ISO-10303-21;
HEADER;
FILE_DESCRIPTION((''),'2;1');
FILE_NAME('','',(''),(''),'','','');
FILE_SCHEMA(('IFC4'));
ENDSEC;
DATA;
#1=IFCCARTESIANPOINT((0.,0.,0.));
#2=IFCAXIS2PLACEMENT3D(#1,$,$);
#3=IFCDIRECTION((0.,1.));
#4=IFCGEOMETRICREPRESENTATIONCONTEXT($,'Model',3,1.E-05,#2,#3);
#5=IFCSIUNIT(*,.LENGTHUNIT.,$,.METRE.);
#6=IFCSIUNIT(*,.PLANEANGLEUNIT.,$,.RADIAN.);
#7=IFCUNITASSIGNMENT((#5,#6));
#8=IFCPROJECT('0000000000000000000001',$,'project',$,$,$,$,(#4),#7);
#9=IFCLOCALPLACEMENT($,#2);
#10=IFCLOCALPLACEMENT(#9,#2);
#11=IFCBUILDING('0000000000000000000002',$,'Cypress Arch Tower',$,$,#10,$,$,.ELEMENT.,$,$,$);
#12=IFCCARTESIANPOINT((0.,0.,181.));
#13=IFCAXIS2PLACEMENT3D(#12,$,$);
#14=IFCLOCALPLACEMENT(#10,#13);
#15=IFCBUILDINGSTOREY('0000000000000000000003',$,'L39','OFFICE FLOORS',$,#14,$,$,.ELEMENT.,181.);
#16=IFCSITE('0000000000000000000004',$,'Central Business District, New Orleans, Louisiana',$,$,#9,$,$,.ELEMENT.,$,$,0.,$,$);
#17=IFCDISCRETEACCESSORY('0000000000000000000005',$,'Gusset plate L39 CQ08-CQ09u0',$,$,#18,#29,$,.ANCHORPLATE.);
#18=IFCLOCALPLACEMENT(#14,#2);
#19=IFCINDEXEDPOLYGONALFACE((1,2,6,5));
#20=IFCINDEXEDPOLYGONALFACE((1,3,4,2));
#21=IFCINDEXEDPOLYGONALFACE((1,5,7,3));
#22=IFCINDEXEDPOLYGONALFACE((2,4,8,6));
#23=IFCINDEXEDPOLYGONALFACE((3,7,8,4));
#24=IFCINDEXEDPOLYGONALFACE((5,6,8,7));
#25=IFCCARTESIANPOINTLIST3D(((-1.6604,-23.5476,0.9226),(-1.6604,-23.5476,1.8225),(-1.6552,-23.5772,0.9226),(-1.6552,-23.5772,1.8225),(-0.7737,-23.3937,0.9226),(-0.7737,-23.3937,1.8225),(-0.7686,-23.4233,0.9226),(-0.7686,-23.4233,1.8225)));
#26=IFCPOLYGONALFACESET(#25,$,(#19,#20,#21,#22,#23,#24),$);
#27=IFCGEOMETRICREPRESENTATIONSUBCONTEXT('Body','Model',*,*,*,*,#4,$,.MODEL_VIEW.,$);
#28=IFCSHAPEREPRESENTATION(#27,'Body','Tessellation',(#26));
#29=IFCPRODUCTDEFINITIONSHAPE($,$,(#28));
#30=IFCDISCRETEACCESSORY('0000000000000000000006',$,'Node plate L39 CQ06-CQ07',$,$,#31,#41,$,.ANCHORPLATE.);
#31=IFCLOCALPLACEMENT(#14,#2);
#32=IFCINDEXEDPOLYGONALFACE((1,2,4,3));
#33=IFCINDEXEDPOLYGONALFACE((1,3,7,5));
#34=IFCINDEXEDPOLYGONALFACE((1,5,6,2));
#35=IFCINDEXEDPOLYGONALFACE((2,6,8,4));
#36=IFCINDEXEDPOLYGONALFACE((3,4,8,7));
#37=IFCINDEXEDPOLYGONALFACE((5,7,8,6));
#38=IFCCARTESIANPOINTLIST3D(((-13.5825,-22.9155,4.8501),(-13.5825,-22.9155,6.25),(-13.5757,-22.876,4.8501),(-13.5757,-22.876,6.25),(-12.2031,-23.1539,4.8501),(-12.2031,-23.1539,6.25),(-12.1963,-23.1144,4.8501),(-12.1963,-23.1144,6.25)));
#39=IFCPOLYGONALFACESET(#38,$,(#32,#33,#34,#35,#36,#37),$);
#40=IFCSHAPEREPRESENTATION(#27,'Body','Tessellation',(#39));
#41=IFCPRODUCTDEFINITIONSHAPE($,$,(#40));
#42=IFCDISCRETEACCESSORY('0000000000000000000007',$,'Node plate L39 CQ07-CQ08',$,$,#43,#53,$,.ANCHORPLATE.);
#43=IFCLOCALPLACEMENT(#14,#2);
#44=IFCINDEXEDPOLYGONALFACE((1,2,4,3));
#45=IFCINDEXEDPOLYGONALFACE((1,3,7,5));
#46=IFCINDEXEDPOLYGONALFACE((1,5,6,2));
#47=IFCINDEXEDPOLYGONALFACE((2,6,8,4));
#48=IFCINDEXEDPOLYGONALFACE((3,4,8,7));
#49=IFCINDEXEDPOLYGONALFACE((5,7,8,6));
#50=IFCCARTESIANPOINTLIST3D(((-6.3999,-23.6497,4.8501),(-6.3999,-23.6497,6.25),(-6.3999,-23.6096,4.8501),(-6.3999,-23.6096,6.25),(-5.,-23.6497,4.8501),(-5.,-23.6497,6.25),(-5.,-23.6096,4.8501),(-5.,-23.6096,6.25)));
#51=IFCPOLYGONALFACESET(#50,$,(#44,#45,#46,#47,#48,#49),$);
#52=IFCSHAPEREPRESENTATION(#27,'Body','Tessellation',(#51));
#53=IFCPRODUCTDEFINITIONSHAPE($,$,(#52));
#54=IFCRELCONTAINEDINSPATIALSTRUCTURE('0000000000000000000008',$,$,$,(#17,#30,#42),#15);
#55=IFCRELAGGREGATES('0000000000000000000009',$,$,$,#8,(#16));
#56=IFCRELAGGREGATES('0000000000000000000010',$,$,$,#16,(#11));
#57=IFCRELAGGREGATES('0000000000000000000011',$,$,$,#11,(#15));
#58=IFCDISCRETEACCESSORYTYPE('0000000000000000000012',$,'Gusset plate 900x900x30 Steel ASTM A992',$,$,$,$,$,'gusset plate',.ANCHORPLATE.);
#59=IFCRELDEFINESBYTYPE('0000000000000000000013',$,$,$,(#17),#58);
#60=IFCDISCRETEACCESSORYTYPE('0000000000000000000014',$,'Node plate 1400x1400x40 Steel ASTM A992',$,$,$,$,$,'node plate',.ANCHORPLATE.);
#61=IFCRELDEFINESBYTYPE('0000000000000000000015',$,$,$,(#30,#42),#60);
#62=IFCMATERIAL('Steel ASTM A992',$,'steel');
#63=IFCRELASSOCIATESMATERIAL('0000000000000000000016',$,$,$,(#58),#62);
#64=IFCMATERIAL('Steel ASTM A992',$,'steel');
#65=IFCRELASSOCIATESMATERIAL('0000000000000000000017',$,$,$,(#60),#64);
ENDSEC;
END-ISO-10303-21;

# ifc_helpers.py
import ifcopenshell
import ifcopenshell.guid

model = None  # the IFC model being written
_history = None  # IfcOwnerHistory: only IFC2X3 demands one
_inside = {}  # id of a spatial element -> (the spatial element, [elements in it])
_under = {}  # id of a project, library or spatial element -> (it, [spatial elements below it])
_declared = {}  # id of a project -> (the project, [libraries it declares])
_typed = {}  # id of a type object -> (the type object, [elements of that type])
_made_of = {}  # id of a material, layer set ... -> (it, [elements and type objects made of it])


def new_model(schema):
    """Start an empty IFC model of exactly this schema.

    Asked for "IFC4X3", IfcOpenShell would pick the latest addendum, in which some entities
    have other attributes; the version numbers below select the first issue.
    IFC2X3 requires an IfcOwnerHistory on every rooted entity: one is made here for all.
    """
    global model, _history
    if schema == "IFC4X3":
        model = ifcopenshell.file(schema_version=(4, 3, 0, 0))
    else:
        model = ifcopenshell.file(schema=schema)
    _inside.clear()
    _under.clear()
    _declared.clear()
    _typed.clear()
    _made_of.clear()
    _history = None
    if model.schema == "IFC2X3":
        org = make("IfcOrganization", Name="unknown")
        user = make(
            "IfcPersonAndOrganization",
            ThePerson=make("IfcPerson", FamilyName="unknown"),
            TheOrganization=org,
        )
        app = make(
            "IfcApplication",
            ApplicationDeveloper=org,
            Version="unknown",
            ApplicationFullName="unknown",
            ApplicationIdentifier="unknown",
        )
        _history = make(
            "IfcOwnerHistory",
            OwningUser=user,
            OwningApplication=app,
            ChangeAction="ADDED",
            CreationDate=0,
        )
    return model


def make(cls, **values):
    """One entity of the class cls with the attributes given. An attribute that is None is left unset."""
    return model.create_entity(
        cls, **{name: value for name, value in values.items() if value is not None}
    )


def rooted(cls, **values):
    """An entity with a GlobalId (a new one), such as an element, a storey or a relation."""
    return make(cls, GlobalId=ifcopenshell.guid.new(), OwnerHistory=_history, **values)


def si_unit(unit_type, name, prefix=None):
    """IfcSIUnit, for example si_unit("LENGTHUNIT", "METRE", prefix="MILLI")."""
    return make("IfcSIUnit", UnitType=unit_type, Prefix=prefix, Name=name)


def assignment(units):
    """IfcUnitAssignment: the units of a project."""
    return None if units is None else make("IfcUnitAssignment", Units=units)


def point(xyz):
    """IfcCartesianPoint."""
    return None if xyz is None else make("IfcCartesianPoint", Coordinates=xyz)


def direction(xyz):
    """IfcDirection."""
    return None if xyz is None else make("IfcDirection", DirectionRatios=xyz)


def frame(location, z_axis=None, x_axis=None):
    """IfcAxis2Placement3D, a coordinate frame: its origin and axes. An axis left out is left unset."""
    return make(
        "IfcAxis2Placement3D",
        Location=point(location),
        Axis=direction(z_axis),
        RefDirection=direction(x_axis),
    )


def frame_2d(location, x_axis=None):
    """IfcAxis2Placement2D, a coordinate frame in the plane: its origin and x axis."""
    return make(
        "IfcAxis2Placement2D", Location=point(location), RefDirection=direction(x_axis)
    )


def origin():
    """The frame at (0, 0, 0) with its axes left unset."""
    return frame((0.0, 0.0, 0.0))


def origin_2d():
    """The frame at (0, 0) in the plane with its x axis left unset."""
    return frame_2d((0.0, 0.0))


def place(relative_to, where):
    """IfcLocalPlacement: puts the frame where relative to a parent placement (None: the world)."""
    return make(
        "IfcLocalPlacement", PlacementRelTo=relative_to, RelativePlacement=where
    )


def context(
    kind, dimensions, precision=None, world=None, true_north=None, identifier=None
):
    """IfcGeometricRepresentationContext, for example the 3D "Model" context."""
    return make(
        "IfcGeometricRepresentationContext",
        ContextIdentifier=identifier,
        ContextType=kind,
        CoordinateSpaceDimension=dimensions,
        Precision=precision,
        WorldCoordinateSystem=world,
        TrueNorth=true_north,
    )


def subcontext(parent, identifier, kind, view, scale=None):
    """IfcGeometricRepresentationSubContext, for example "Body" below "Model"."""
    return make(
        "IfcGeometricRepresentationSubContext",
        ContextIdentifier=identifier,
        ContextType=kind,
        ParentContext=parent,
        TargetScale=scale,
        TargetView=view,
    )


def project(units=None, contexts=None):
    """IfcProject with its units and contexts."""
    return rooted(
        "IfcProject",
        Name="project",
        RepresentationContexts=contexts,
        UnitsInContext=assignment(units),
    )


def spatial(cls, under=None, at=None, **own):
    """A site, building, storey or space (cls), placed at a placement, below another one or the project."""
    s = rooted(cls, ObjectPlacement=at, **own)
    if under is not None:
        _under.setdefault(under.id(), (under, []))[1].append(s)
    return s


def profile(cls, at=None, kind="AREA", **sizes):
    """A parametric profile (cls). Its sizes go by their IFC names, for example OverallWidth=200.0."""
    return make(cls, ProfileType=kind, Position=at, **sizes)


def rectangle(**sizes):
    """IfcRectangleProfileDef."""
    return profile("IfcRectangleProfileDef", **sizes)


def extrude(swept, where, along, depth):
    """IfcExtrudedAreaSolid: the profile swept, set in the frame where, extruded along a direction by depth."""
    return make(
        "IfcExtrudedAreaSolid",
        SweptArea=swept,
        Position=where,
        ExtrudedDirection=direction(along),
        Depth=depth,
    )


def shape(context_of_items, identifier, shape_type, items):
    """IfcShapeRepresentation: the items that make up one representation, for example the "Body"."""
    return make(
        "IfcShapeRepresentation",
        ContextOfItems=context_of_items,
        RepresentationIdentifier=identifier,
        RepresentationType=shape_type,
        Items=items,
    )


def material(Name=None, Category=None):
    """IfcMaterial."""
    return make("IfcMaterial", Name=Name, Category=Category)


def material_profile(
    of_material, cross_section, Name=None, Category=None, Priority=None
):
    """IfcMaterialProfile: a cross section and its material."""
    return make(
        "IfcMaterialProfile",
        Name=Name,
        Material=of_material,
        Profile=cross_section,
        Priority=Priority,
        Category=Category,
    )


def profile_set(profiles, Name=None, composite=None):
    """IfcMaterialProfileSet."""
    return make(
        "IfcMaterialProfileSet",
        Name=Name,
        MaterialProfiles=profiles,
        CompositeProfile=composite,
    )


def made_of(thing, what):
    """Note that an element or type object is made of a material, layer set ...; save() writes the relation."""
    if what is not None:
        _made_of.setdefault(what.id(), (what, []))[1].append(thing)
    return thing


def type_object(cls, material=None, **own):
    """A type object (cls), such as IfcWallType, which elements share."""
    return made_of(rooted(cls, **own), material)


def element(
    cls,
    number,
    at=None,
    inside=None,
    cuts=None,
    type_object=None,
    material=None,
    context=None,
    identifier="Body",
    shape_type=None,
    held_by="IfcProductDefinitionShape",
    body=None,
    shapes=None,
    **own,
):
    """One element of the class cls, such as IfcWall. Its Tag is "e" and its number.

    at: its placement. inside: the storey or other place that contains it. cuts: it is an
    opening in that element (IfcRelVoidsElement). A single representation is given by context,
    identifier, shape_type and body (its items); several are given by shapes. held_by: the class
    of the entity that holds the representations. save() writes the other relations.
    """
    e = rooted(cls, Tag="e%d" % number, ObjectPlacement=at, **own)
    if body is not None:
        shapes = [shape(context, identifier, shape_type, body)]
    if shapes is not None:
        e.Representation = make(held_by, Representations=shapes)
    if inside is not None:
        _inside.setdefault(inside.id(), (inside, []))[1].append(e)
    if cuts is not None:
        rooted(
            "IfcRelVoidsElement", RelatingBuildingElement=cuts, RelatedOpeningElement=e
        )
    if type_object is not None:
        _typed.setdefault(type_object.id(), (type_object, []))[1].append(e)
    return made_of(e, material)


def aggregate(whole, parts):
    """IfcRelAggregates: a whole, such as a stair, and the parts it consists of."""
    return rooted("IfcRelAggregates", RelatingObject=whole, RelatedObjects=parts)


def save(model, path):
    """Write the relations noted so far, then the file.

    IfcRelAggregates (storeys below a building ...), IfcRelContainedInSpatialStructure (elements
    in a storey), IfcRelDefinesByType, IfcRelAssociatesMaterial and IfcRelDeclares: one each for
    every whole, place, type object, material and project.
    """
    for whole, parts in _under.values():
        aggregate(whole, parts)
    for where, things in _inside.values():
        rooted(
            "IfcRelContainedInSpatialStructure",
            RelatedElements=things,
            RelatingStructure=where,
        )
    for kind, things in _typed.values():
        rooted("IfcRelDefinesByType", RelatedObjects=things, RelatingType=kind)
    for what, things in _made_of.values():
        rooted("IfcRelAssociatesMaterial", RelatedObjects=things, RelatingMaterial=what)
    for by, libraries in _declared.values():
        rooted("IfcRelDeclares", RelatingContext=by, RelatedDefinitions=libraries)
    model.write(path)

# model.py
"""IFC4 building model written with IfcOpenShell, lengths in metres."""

from ifc_helpers import new_model, si_unit, direction, frame, origin, origin_2d, place, context, subcontext, project, spatial, rectangle, extrude, material, material_profile, profile_set, type_object, element, save


model = new_model("IFC4")

# Units and contexts
model_context = context("Model", 3, precision=1e-05, world=origin(), true_north=direction((0.0, 1.0)))
body_context = subcontext(model_context, "Body", "Model", "MODEL_VIEW")
ifc_project = project(units=[si_unit("LENGTHUNIT", "METRE"), si_unit("PLANEANGLEUNIT", "RADIAN")], contexts=[model_context])

# Site, building, storey
site_placement = place(None, origin())
site = spatial("IfcSite", under=ifc_project, at=site_placement, Name="Central Business District, New Orleans, Louisiana", CompositionType="ELEMENT", RefElevation=0.0)
building_placement = place(site_placement, origin())
building = spatial("IfcBuilding", under=site, at=building_placement, Name="Cypress Arch Tower", CompositionType="ELEMENT")
storey_placement = place(building_placement, frame((0.0, 0.0, 181.0)))
storey = spatial("IfcBuildingStorey", under=building, at=storey_placement, Name="L39", Description="OFFICE FLOORS", CompositionType="ELEMENT", Elevation=181.0)

# Discrete accessories
ifc_material_1 = material(Name="Steel ASTM A992", Category="steel")
ifc_material_profile_1 = material_profile(ifc_material_1, rectangle(XDim=0.8999, YDim=0.8999, at=origin_2d()), Name="PL 30 900x900")
ifc_profile_set_1 = profile_set([ifc_material_profile_1], Name="Steel ASTM A992")
discrete_accessory_type_1 = type_object("IfcDiscreteAccessoryType", Name="Gusset plate 900x900x30 Steel ASTM A992", ElementType="gusset plate", PredefinedType="ANCHORPLATE", material=ifc_profile_set_1)
for number, where, z_axis, x_axis, name in (
    (1, (-1.2119, -23.5002, 1.3726), (-0.170998, 0.985271, 0.0), (-0.985271, -0.170998, 0.0), "Gusset plate L39 CQ08-CQ09u0"),
):
    element("IfcDiscreteAccessory", number, at=place(storey_placement, frame(where, z_axis=z_axis, x_axis=x_axis)), inside=storey, type_object=discrete_accessory_type_1, Name=name, PredefinedType="ANCHORPLATE", context=body_context, shape_type="SweptSolid", body=[
        extrude(rectangle(XDim=0.8999, YDim=0.8999, at=origin_2d()), origin(), (0.0, 0.0, 1.0), 0.03),
    ])
ifc_material_2 = material(Name="Steel ASTM A992", Category="steel")
ifc_material_profile_2 = material_profile(ifc_material_2, rectangle(XDim=1.3999, YDim=1.3999, at=origin_2d()), Name="PL 40 1400x1400")
ifc_profile_set_2 = profile_set([ifc_material_profile_2], Name="Steel ASTM A992")
discrete_accessory_type_2 = type_object("IfcDiscreteAccessoryType", Name="Node plate 1400x1400x40 Steel ASTM A992", ElementType="node plate", PredefinedType="ANCHORPLATE", material=ifc_profile_set_2)
for number, where, z_axis, x_axis, name in (
    (2, (-12.8928, -23.0347, 5.55), (0.170314, 0.98539, 0.0), (-0.98539, 0.170314, 0.0), "Node plate L39 CQ06-CQ07"),
    (3, (-5.7, -23.6497, 5.55), (0.0, 1.0, 0.0), (-1.0, 0.0, 0.0), "Node plate L39 CQ07-CQ08"),
):
    element("IfcDiscreteAccessory", number, at=place(storey_placement, frame(where, z_axis=z_axis, x_axis=x_axis)), inside=storey, type_object=discrete_accessory_type_2, Name=name, PredefinedType="ANCHORPLATE", context=body_context, shape_type="SweptSolid", body=[
        extrude(rectangle(XDim=1.3999, YDim=1.3999, at=origin_2d()), origin(), (0.0, 0.0, 1.0), 0.04),
    ])

save(model, "model.ifc")
